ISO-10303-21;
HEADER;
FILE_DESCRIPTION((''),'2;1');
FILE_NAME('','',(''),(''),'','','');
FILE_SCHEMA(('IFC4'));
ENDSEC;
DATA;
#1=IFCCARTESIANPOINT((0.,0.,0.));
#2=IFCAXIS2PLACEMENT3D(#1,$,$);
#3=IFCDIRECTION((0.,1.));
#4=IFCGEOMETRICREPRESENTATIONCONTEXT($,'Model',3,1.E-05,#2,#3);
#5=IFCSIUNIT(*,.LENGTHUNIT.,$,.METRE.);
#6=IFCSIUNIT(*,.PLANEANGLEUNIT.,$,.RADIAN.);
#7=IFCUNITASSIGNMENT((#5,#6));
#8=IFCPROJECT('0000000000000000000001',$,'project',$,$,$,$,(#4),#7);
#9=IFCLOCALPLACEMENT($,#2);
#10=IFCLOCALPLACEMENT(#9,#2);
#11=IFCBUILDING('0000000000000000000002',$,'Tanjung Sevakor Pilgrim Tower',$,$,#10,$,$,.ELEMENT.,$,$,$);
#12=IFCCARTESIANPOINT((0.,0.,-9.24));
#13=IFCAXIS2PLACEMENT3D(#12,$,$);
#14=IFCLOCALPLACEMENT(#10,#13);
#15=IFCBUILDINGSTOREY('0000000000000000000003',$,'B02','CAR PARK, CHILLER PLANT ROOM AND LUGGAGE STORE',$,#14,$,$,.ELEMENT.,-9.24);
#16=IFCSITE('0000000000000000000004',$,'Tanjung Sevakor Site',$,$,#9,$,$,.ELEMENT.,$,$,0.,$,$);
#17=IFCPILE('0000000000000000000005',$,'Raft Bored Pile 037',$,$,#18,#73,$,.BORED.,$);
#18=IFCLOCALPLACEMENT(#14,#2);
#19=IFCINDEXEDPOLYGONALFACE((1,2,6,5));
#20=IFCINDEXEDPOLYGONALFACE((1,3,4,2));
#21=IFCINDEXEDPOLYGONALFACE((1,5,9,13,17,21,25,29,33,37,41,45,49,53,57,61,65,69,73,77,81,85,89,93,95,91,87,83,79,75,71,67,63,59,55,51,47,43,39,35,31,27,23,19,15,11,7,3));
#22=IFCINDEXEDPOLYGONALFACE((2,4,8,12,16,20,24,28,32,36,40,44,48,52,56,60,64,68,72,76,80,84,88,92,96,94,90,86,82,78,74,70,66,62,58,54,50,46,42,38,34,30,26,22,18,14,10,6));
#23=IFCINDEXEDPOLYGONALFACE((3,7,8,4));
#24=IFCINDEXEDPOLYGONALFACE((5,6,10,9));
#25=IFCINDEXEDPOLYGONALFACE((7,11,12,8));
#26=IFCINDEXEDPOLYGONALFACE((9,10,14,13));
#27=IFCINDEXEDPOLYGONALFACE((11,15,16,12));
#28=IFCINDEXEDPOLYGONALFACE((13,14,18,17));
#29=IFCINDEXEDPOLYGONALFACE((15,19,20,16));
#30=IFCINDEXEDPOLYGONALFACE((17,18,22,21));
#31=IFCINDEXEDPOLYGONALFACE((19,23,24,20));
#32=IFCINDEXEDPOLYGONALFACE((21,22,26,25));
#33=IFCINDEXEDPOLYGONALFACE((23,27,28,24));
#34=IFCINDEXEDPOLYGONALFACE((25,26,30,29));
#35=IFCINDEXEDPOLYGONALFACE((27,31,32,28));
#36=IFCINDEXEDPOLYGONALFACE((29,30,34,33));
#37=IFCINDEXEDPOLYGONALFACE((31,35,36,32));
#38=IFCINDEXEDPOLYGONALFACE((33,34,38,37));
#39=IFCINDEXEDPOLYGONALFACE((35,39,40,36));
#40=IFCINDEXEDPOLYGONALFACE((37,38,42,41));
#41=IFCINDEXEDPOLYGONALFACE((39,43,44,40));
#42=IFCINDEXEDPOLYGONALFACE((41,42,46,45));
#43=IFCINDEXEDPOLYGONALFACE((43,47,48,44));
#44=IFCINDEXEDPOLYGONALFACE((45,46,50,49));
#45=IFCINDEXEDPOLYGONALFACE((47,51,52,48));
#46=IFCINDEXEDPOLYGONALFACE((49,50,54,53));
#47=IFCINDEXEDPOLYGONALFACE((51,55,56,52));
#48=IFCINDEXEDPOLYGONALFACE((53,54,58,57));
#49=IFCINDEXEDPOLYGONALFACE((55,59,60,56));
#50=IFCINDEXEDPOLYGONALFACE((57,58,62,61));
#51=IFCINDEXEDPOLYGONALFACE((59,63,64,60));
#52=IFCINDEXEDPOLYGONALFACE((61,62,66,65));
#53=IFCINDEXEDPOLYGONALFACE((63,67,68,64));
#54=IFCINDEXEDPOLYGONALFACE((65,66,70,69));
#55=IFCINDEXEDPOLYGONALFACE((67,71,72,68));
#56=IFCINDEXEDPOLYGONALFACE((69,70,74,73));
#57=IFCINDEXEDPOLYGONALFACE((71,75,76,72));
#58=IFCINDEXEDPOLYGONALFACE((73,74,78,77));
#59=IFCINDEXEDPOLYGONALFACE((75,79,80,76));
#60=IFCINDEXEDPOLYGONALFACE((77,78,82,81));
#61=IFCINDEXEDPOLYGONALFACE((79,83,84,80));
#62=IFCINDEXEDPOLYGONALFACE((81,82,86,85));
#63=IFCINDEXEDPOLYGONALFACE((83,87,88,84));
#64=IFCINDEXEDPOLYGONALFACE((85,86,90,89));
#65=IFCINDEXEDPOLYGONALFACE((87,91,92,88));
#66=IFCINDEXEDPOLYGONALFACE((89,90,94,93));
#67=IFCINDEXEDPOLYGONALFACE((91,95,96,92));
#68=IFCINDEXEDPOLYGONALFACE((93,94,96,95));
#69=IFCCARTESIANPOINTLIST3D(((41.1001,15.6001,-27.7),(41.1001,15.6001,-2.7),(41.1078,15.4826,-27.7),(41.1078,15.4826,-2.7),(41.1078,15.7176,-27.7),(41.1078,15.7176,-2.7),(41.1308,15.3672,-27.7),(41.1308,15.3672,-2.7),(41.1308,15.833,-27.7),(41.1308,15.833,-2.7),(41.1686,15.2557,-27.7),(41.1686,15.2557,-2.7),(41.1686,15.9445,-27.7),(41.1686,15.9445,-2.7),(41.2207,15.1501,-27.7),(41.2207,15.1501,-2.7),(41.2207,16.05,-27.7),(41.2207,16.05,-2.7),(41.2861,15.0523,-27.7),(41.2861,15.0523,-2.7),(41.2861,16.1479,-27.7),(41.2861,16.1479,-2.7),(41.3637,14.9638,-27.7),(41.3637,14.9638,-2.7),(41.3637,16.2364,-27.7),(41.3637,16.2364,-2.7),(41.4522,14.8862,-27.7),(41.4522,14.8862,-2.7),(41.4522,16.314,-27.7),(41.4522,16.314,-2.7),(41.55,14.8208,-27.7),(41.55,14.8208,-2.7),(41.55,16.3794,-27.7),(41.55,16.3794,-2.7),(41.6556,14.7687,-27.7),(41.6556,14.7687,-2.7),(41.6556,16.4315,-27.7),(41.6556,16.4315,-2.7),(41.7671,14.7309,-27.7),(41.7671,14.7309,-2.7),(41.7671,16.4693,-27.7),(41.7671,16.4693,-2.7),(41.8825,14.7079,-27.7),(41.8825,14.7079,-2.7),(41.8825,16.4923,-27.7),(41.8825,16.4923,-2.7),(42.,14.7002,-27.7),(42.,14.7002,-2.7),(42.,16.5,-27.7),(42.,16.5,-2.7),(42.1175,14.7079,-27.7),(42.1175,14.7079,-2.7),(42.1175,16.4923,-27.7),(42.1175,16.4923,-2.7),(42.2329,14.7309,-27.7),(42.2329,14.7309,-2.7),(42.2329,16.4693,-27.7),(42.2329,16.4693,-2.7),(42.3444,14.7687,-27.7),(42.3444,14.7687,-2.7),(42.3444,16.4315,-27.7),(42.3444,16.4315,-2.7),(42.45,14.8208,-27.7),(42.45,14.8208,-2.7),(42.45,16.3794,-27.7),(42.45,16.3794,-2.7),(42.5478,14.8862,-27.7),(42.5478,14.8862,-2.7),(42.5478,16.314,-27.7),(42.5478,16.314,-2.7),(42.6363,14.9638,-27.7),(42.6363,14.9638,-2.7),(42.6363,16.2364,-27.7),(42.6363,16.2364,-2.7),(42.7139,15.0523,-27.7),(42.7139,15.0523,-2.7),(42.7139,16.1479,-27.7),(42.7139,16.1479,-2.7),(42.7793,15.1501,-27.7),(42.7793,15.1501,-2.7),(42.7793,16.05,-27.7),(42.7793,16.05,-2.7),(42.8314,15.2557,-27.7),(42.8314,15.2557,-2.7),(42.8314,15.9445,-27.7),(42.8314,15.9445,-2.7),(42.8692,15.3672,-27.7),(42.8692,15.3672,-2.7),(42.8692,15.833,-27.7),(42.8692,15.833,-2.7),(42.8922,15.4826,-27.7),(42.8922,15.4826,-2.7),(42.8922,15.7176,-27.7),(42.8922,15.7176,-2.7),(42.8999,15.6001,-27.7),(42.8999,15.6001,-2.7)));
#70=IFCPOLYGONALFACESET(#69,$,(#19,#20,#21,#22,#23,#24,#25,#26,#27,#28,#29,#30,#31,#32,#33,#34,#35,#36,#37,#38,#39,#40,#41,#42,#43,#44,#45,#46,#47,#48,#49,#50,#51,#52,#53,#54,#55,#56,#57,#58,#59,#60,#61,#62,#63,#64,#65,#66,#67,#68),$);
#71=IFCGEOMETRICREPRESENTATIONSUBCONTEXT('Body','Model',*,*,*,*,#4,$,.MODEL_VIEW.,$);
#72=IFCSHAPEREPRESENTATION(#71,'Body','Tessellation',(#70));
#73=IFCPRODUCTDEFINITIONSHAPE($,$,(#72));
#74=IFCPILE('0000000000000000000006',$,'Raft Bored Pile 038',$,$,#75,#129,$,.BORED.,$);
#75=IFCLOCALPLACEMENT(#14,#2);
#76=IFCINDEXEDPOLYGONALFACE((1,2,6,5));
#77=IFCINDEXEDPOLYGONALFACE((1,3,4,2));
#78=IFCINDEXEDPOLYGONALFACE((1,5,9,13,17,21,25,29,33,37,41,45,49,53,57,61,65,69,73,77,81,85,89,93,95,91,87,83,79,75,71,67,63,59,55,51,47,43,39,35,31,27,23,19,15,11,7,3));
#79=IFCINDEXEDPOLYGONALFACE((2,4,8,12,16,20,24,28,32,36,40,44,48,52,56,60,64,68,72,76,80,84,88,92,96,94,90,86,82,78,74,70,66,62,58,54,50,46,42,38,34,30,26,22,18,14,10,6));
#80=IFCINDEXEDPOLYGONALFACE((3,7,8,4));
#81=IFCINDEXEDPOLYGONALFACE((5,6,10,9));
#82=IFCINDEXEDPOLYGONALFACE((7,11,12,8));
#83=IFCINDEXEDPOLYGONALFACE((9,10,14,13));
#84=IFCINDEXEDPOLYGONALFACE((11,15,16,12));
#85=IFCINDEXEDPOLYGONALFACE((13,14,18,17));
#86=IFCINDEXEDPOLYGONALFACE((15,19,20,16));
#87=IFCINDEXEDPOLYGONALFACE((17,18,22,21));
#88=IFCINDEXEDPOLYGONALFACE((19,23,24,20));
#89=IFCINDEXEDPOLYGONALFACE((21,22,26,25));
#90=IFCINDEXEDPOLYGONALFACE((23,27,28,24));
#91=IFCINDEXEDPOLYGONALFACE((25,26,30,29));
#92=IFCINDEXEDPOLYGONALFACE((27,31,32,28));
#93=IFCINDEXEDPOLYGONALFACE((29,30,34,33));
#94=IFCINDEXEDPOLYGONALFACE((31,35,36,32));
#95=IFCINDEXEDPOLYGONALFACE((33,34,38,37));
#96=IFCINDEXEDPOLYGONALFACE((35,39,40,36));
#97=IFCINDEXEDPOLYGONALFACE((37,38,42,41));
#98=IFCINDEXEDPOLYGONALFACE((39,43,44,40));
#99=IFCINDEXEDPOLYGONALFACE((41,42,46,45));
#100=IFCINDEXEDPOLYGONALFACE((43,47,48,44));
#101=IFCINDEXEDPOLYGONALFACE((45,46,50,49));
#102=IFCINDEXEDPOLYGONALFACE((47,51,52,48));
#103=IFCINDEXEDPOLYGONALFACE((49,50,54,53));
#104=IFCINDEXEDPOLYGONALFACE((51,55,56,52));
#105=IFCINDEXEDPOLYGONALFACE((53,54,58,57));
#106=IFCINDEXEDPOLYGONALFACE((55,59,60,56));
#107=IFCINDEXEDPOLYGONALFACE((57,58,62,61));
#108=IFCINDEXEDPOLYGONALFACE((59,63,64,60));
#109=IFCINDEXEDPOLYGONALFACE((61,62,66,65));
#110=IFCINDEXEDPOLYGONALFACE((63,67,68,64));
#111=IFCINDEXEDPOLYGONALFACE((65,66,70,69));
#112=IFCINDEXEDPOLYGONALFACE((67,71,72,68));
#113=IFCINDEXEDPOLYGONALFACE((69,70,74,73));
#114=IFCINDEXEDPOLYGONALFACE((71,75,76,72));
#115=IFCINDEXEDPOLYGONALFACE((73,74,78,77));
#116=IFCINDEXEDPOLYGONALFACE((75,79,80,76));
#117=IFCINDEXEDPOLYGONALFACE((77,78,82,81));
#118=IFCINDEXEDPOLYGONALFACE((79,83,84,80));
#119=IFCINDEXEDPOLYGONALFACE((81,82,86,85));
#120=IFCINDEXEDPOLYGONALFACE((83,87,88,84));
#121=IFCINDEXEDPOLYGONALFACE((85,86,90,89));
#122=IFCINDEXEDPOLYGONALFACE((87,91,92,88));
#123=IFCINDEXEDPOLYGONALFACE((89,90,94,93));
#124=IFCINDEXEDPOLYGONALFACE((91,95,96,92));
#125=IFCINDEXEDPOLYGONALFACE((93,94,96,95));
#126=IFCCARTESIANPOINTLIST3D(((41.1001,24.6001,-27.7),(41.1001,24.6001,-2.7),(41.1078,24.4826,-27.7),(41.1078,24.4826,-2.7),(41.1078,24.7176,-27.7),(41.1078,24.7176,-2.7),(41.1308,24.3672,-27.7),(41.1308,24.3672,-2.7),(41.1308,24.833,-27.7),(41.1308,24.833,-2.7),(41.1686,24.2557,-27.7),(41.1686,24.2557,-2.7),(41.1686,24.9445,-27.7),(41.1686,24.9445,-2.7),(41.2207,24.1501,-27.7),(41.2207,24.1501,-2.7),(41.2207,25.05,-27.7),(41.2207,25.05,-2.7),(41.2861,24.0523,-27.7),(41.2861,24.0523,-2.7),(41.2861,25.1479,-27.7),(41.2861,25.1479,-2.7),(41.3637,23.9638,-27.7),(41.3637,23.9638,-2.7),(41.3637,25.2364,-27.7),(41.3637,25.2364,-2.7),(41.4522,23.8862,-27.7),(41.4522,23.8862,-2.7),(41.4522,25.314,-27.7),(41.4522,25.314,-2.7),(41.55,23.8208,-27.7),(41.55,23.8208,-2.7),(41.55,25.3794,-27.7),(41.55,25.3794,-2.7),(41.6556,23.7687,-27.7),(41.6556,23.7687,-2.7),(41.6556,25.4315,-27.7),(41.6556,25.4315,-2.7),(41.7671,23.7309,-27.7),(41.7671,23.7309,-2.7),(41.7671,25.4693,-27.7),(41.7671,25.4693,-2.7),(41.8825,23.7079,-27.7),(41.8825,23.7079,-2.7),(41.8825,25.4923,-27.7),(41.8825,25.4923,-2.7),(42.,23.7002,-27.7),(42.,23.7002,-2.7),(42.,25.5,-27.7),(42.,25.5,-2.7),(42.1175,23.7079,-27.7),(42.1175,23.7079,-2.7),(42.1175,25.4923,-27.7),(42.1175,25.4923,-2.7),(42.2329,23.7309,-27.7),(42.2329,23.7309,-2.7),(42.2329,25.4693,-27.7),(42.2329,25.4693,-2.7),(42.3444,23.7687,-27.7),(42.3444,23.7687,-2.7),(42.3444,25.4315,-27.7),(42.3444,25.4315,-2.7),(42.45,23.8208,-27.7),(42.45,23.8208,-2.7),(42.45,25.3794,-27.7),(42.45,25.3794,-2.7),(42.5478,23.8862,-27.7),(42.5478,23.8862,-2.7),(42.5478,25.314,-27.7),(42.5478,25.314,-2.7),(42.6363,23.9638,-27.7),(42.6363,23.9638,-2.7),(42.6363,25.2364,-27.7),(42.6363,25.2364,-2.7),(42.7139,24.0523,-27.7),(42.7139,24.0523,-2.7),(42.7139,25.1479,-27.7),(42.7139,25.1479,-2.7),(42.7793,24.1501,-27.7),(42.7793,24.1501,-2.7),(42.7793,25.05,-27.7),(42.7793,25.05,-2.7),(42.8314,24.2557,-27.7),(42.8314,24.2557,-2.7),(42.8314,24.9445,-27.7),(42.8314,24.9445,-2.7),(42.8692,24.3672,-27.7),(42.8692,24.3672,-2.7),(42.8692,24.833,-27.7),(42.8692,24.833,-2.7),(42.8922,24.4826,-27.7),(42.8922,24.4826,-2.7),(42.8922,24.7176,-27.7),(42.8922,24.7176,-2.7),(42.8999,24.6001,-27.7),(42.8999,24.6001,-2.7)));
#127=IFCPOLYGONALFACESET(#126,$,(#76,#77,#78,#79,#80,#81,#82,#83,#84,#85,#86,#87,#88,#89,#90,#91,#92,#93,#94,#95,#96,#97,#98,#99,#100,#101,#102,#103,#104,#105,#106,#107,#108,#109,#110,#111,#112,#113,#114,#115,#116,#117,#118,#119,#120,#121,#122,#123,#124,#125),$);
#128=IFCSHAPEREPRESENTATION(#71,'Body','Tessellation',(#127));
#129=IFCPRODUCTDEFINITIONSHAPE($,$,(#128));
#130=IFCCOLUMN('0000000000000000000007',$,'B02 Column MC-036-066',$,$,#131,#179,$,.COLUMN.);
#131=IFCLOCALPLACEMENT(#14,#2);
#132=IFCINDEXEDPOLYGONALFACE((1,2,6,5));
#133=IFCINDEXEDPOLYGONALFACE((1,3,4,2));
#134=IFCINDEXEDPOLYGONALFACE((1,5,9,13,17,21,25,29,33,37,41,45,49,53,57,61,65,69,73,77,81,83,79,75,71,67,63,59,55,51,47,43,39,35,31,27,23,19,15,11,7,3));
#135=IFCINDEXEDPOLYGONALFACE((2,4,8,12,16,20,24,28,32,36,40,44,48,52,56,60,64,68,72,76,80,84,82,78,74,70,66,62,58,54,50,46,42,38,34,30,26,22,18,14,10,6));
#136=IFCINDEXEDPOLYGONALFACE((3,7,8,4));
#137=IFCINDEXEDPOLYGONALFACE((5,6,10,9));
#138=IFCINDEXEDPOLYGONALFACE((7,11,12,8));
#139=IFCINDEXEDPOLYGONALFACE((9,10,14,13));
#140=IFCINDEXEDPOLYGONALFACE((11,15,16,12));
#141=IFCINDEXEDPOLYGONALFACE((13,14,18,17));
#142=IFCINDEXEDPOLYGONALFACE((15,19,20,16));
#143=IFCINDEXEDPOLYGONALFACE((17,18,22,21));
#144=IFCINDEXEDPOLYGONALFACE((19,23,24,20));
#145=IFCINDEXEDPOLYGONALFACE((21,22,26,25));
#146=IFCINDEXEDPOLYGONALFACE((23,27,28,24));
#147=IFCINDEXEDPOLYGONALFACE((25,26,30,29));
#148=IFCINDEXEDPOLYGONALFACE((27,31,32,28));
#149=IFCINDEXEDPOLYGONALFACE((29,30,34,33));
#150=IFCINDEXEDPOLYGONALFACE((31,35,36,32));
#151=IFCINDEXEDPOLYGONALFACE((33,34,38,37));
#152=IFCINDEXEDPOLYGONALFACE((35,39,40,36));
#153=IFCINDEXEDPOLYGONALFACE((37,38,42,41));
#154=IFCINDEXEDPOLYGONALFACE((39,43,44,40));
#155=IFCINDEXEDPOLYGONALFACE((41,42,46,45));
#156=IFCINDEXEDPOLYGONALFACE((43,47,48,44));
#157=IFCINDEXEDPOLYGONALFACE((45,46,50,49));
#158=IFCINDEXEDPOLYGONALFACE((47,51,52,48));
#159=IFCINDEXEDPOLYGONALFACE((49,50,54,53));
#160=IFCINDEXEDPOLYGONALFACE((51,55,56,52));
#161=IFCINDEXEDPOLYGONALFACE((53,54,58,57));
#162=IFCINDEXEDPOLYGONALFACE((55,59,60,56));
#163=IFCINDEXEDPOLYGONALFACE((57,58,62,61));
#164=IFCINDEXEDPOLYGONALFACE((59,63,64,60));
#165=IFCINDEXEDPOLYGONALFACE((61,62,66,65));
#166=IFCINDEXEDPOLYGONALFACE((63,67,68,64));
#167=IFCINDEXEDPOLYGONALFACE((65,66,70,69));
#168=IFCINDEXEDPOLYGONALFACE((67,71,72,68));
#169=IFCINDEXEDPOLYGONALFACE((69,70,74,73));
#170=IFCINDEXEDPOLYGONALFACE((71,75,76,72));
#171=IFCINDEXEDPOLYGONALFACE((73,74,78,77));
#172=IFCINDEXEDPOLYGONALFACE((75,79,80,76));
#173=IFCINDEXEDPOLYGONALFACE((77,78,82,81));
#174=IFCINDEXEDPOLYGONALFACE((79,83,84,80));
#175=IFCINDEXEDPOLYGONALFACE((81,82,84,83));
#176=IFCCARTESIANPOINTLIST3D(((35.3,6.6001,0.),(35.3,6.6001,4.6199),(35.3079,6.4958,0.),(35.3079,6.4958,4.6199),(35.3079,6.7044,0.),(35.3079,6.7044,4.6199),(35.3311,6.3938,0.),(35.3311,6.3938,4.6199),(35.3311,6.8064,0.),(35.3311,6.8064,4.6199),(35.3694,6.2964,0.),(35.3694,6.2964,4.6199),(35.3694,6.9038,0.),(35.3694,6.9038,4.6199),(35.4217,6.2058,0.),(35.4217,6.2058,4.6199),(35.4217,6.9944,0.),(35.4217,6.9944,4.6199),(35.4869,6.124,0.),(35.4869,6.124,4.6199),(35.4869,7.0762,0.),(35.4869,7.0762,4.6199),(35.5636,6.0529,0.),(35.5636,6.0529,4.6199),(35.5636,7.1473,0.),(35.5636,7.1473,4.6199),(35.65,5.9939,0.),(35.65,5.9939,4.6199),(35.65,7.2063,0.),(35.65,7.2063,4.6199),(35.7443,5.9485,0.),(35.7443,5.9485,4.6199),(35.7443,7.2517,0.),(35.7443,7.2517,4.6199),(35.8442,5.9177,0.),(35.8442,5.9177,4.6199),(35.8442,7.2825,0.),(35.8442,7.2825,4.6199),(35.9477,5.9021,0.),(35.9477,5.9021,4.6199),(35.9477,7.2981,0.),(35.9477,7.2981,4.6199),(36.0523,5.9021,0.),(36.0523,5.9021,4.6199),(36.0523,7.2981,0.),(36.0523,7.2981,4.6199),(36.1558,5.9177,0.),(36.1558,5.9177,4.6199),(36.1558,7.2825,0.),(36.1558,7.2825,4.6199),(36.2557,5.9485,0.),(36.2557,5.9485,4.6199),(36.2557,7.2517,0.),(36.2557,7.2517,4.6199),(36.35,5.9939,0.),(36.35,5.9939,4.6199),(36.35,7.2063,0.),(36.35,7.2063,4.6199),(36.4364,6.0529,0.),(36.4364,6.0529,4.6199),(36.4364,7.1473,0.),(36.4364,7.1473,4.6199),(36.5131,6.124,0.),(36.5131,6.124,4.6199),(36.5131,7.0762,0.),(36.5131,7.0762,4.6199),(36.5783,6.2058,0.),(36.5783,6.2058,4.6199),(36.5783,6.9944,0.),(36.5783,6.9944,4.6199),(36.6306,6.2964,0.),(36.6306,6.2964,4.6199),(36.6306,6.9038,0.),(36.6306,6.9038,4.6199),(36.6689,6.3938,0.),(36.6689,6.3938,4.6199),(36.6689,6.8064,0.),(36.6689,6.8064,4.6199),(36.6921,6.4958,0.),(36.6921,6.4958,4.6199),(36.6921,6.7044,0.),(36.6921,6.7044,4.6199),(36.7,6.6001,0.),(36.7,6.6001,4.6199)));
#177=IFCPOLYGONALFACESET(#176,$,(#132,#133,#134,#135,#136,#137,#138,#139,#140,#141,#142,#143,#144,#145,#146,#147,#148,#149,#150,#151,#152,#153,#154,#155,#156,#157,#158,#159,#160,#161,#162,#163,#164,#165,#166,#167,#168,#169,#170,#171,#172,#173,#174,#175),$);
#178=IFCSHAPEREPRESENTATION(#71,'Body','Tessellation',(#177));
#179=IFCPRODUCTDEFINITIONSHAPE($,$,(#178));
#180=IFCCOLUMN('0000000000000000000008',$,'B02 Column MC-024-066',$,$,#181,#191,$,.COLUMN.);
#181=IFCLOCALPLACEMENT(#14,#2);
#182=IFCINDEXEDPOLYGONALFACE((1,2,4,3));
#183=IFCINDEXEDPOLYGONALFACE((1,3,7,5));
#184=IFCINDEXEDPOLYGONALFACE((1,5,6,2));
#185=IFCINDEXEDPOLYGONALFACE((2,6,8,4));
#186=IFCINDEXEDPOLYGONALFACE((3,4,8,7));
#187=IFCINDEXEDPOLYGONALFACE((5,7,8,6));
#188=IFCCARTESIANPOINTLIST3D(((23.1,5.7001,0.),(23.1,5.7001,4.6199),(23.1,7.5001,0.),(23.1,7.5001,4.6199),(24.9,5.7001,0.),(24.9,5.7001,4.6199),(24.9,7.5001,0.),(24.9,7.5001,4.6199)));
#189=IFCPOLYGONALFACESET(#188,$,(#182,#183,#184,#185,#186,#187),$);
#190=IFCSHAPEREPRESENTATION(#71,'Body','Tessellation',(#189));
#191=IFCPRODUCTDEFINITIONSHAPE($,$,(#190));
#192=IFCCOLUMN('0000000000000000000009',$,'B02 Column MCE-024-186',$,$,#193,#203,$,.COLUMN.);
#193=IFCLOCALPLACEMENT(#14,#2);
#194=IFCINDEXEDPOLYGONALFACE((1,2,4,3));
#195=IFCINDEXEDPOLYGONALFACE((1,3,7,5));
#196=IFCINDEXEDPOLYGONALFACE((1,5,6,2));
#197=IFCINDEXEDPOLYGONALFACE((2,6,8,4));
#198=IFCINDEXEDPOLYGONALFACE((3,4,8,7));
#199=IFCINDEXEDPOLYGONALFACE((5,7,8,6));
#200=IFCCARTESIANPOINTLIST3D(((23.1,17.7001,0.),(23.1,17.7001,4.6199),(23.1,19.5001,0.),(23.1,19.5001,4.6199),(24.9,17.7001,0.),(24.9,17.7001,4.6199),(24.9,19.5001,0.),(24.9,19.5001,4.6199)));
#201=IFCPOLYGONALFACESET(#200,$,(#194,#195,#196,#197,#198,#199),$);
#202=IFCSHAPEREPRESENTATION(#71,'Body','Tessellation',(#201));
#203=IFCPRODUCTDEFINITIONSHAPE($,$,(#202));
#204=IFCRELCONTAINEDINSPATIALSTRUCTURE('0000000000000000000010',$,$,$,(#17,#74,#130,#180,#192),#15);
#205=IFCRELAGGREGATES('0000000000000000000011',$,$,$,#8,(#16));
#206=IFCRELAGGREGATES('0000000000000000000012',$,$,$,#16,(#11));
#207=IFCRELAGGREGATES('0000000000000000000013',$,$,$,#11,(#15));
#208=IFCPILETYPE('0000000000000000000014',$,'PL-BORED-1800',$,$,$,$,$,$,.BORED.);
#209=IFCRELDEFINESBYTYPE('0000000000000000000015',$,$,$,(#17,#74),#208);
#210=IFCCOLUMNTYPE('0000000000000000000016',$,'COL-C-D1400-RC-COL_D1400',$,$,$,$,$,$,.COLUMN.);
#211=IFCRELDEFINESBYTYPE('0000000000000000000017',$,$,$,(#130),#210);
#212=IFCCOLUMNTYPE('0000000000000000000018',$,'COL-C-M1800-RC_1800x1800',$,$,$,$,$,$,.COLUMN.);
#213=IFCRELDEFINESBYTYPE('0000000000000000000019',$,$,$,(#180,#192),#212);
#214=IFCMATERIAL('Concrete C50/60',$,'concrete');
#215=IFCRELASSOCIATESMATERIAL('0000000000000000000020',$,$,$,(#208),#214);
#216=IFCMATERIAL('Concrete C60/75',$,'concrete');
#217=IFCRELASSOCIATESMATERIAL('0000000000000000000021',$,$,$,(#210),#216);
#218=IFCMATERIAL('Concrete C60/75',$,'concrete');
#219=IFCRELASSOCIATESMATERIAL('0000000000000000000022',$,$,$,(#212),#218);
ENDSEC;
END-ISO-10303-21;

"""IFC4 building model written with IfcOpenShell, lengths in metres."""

from ifc_helpers import new_model, si_unit, direction, frame, origin, origin_2d, place, context, subcontext, project, spatial, rectangle, circle, extrude, material, material_profile, profile_set, type_object, element, save


model = new_model("IFC4")

# Units and contexts
model_context = context("Model", 3, precision=1e-05, world=origin(), true_north=direction((0.0, 1.0)))
body_context = subcontext(model_context, "Body", "Model", "MODEL_VIEW")
ifc_project = project(units=[si_unit("LENGTHUNIT", "METRE"), si_unit("PLANEANGLEUNIT", "RADIAN")], contexts=[model_context])

# Site, building, storey
site_placement = place(None, origin())
site = spatial("IfcSite", under=ifc_project, at=site_placement, Name="Tanjung Sevakor Site", CompositionType="ELEMENT", RefElevation=0.0)
building_placement = place(site_placement, origin())
building = spatial("IfcBuilding", under=site, at=building_placement, Name="Tanjung Sevakor Pilgrim Tower", CompositionType="ELEMENT")
storey_placement = place(building_placement, frame((0.0, 0.0, -9.24)))
storey = spatial("IfcBuildingStorey", under=building, at=storey_placement, Name="B02", Description="CAR PARK, CHILLER PLANT ROOM AND LUGGAGE STORE", CompositionType="ELEMENT", Elevation=-9.24)

# Piles
ifc_material_1 = material(Name="Concrete C50/60", Category="concrete")
ifc_material_profile_1 = material_profile(ifc_material_1, circle(Radius=0.8999, at=origin_2d()))
ifc_profile_set_1 = profile_set([ifc_material_profile_1], Name="Concrete C50/60")
pile_type = type_object("IfcPileType", Name="PL-BORED-1800", PredefinedType="BORED", material=ifc_profile_set_1)
for number, where, z_axis, x_axis, name in (
    (1, (42.0, 15.6001, -2.7), (0.0, 0.0, -1.0), (1.0, 0.0, 0.0), "Raft Bored Pile 037"),
    (2, (42.0, 24.6001, -2.7), (0.0, 0.0, -1.0), (1.0, 0.0, 0.0), "Raft Bored Pile 038"),
):
    element("IfcPile", number, at=place(storey_placement, frame(where, z_axis=z_axis, x_axis=x_axis)), inside=storey, type_object=pile_type, Name=name, PredefinedType="BORED", context=body_context, shape_type="SweptSolid", body=[
        extrude(circle(Radius=0.8999, at=origin_2d()), origin(), (0.0, 0.0, 1.0), 25.0),
    ])

# Columns
ifc_material_2 = material(Name="Concrete C60/75", Category="concrete")
ifc_material_profile_2 = material_profile(ifc_material_2, circle(Radius=0.7, at=origin_2d()))
ifc_profile_set_2 = profile_set([ifc_material_profile_2], Name="Concrete C60/75")
column_type_1 = type_object("IfcColumnType", Name="COL-C-D1400-RC-COL_D1400", PredefinedType="COLUMN", material=ifc_profile_set_2)
column_placement = place(storey_placement, frame((36.0, 6.6001, 0.0), z_axis=(0.0, 0.0, 1.0), x_axis=(1.0, 0.0, 0.0)))
element("IfcColumn", 3, at=column_placement, inside=storey, type_object=column_type_1, Name="B02 Column MC-036-066", PredefinedType="COLUMN", context=body_context, shape_type="SweptSolid", body=[
    extrude(circle(Radius=0.7, at=origin_2d()), origin(), (0.0, 0.0, 1.0), 4.6199),
])
ifc_material_3 = material(Name="Concrete C60/75", Category="concrete")
ifc_material_profile_3 = material_profile(ifc_material_3, rectangle(XDim=1.8, YDim=1.8, at=origin_2d()))
ifc_profile_set_3 = profile_set([ifc_material_profile_3], Name="Concrete C60/75")
column_type_2 = type_object("IfcColumnType", Name="COL-C-M1800-RC_1800x1800", PredefinedType="COLUMN", material=ifc_profile_set_3)
for number, where, z_axis, x_axis, name in (
    (4, (24.0, 6.6001, 0.0), (0.0, 0.0, 1.0), (1.0, 0.0, 0.0), "B02 Column MC-024-066"),
    (5, (24.0, 18.6001, 0.0), (0.0, 0.0, 1.0), (1.0, 0.0, 0.0), "B02 Column MCE-024-186"),
):
    element("IfcColumn", number, at=place(storey_placement, frame(where, z_axis=z_axis, x_axis=x_axis)), inside=storey, type_object=column_type_2, Name=name, PredefinedType="COLUMN", context=body_context, shape_type="SweptSolid", body=[
        extrude(rectangle(XDim=1.8, YDim=1.8, at=origin_2d()), origin(), (0.0, 0.0, 1.0), 4.6199),
    ])

save(model, "model.ifc")
